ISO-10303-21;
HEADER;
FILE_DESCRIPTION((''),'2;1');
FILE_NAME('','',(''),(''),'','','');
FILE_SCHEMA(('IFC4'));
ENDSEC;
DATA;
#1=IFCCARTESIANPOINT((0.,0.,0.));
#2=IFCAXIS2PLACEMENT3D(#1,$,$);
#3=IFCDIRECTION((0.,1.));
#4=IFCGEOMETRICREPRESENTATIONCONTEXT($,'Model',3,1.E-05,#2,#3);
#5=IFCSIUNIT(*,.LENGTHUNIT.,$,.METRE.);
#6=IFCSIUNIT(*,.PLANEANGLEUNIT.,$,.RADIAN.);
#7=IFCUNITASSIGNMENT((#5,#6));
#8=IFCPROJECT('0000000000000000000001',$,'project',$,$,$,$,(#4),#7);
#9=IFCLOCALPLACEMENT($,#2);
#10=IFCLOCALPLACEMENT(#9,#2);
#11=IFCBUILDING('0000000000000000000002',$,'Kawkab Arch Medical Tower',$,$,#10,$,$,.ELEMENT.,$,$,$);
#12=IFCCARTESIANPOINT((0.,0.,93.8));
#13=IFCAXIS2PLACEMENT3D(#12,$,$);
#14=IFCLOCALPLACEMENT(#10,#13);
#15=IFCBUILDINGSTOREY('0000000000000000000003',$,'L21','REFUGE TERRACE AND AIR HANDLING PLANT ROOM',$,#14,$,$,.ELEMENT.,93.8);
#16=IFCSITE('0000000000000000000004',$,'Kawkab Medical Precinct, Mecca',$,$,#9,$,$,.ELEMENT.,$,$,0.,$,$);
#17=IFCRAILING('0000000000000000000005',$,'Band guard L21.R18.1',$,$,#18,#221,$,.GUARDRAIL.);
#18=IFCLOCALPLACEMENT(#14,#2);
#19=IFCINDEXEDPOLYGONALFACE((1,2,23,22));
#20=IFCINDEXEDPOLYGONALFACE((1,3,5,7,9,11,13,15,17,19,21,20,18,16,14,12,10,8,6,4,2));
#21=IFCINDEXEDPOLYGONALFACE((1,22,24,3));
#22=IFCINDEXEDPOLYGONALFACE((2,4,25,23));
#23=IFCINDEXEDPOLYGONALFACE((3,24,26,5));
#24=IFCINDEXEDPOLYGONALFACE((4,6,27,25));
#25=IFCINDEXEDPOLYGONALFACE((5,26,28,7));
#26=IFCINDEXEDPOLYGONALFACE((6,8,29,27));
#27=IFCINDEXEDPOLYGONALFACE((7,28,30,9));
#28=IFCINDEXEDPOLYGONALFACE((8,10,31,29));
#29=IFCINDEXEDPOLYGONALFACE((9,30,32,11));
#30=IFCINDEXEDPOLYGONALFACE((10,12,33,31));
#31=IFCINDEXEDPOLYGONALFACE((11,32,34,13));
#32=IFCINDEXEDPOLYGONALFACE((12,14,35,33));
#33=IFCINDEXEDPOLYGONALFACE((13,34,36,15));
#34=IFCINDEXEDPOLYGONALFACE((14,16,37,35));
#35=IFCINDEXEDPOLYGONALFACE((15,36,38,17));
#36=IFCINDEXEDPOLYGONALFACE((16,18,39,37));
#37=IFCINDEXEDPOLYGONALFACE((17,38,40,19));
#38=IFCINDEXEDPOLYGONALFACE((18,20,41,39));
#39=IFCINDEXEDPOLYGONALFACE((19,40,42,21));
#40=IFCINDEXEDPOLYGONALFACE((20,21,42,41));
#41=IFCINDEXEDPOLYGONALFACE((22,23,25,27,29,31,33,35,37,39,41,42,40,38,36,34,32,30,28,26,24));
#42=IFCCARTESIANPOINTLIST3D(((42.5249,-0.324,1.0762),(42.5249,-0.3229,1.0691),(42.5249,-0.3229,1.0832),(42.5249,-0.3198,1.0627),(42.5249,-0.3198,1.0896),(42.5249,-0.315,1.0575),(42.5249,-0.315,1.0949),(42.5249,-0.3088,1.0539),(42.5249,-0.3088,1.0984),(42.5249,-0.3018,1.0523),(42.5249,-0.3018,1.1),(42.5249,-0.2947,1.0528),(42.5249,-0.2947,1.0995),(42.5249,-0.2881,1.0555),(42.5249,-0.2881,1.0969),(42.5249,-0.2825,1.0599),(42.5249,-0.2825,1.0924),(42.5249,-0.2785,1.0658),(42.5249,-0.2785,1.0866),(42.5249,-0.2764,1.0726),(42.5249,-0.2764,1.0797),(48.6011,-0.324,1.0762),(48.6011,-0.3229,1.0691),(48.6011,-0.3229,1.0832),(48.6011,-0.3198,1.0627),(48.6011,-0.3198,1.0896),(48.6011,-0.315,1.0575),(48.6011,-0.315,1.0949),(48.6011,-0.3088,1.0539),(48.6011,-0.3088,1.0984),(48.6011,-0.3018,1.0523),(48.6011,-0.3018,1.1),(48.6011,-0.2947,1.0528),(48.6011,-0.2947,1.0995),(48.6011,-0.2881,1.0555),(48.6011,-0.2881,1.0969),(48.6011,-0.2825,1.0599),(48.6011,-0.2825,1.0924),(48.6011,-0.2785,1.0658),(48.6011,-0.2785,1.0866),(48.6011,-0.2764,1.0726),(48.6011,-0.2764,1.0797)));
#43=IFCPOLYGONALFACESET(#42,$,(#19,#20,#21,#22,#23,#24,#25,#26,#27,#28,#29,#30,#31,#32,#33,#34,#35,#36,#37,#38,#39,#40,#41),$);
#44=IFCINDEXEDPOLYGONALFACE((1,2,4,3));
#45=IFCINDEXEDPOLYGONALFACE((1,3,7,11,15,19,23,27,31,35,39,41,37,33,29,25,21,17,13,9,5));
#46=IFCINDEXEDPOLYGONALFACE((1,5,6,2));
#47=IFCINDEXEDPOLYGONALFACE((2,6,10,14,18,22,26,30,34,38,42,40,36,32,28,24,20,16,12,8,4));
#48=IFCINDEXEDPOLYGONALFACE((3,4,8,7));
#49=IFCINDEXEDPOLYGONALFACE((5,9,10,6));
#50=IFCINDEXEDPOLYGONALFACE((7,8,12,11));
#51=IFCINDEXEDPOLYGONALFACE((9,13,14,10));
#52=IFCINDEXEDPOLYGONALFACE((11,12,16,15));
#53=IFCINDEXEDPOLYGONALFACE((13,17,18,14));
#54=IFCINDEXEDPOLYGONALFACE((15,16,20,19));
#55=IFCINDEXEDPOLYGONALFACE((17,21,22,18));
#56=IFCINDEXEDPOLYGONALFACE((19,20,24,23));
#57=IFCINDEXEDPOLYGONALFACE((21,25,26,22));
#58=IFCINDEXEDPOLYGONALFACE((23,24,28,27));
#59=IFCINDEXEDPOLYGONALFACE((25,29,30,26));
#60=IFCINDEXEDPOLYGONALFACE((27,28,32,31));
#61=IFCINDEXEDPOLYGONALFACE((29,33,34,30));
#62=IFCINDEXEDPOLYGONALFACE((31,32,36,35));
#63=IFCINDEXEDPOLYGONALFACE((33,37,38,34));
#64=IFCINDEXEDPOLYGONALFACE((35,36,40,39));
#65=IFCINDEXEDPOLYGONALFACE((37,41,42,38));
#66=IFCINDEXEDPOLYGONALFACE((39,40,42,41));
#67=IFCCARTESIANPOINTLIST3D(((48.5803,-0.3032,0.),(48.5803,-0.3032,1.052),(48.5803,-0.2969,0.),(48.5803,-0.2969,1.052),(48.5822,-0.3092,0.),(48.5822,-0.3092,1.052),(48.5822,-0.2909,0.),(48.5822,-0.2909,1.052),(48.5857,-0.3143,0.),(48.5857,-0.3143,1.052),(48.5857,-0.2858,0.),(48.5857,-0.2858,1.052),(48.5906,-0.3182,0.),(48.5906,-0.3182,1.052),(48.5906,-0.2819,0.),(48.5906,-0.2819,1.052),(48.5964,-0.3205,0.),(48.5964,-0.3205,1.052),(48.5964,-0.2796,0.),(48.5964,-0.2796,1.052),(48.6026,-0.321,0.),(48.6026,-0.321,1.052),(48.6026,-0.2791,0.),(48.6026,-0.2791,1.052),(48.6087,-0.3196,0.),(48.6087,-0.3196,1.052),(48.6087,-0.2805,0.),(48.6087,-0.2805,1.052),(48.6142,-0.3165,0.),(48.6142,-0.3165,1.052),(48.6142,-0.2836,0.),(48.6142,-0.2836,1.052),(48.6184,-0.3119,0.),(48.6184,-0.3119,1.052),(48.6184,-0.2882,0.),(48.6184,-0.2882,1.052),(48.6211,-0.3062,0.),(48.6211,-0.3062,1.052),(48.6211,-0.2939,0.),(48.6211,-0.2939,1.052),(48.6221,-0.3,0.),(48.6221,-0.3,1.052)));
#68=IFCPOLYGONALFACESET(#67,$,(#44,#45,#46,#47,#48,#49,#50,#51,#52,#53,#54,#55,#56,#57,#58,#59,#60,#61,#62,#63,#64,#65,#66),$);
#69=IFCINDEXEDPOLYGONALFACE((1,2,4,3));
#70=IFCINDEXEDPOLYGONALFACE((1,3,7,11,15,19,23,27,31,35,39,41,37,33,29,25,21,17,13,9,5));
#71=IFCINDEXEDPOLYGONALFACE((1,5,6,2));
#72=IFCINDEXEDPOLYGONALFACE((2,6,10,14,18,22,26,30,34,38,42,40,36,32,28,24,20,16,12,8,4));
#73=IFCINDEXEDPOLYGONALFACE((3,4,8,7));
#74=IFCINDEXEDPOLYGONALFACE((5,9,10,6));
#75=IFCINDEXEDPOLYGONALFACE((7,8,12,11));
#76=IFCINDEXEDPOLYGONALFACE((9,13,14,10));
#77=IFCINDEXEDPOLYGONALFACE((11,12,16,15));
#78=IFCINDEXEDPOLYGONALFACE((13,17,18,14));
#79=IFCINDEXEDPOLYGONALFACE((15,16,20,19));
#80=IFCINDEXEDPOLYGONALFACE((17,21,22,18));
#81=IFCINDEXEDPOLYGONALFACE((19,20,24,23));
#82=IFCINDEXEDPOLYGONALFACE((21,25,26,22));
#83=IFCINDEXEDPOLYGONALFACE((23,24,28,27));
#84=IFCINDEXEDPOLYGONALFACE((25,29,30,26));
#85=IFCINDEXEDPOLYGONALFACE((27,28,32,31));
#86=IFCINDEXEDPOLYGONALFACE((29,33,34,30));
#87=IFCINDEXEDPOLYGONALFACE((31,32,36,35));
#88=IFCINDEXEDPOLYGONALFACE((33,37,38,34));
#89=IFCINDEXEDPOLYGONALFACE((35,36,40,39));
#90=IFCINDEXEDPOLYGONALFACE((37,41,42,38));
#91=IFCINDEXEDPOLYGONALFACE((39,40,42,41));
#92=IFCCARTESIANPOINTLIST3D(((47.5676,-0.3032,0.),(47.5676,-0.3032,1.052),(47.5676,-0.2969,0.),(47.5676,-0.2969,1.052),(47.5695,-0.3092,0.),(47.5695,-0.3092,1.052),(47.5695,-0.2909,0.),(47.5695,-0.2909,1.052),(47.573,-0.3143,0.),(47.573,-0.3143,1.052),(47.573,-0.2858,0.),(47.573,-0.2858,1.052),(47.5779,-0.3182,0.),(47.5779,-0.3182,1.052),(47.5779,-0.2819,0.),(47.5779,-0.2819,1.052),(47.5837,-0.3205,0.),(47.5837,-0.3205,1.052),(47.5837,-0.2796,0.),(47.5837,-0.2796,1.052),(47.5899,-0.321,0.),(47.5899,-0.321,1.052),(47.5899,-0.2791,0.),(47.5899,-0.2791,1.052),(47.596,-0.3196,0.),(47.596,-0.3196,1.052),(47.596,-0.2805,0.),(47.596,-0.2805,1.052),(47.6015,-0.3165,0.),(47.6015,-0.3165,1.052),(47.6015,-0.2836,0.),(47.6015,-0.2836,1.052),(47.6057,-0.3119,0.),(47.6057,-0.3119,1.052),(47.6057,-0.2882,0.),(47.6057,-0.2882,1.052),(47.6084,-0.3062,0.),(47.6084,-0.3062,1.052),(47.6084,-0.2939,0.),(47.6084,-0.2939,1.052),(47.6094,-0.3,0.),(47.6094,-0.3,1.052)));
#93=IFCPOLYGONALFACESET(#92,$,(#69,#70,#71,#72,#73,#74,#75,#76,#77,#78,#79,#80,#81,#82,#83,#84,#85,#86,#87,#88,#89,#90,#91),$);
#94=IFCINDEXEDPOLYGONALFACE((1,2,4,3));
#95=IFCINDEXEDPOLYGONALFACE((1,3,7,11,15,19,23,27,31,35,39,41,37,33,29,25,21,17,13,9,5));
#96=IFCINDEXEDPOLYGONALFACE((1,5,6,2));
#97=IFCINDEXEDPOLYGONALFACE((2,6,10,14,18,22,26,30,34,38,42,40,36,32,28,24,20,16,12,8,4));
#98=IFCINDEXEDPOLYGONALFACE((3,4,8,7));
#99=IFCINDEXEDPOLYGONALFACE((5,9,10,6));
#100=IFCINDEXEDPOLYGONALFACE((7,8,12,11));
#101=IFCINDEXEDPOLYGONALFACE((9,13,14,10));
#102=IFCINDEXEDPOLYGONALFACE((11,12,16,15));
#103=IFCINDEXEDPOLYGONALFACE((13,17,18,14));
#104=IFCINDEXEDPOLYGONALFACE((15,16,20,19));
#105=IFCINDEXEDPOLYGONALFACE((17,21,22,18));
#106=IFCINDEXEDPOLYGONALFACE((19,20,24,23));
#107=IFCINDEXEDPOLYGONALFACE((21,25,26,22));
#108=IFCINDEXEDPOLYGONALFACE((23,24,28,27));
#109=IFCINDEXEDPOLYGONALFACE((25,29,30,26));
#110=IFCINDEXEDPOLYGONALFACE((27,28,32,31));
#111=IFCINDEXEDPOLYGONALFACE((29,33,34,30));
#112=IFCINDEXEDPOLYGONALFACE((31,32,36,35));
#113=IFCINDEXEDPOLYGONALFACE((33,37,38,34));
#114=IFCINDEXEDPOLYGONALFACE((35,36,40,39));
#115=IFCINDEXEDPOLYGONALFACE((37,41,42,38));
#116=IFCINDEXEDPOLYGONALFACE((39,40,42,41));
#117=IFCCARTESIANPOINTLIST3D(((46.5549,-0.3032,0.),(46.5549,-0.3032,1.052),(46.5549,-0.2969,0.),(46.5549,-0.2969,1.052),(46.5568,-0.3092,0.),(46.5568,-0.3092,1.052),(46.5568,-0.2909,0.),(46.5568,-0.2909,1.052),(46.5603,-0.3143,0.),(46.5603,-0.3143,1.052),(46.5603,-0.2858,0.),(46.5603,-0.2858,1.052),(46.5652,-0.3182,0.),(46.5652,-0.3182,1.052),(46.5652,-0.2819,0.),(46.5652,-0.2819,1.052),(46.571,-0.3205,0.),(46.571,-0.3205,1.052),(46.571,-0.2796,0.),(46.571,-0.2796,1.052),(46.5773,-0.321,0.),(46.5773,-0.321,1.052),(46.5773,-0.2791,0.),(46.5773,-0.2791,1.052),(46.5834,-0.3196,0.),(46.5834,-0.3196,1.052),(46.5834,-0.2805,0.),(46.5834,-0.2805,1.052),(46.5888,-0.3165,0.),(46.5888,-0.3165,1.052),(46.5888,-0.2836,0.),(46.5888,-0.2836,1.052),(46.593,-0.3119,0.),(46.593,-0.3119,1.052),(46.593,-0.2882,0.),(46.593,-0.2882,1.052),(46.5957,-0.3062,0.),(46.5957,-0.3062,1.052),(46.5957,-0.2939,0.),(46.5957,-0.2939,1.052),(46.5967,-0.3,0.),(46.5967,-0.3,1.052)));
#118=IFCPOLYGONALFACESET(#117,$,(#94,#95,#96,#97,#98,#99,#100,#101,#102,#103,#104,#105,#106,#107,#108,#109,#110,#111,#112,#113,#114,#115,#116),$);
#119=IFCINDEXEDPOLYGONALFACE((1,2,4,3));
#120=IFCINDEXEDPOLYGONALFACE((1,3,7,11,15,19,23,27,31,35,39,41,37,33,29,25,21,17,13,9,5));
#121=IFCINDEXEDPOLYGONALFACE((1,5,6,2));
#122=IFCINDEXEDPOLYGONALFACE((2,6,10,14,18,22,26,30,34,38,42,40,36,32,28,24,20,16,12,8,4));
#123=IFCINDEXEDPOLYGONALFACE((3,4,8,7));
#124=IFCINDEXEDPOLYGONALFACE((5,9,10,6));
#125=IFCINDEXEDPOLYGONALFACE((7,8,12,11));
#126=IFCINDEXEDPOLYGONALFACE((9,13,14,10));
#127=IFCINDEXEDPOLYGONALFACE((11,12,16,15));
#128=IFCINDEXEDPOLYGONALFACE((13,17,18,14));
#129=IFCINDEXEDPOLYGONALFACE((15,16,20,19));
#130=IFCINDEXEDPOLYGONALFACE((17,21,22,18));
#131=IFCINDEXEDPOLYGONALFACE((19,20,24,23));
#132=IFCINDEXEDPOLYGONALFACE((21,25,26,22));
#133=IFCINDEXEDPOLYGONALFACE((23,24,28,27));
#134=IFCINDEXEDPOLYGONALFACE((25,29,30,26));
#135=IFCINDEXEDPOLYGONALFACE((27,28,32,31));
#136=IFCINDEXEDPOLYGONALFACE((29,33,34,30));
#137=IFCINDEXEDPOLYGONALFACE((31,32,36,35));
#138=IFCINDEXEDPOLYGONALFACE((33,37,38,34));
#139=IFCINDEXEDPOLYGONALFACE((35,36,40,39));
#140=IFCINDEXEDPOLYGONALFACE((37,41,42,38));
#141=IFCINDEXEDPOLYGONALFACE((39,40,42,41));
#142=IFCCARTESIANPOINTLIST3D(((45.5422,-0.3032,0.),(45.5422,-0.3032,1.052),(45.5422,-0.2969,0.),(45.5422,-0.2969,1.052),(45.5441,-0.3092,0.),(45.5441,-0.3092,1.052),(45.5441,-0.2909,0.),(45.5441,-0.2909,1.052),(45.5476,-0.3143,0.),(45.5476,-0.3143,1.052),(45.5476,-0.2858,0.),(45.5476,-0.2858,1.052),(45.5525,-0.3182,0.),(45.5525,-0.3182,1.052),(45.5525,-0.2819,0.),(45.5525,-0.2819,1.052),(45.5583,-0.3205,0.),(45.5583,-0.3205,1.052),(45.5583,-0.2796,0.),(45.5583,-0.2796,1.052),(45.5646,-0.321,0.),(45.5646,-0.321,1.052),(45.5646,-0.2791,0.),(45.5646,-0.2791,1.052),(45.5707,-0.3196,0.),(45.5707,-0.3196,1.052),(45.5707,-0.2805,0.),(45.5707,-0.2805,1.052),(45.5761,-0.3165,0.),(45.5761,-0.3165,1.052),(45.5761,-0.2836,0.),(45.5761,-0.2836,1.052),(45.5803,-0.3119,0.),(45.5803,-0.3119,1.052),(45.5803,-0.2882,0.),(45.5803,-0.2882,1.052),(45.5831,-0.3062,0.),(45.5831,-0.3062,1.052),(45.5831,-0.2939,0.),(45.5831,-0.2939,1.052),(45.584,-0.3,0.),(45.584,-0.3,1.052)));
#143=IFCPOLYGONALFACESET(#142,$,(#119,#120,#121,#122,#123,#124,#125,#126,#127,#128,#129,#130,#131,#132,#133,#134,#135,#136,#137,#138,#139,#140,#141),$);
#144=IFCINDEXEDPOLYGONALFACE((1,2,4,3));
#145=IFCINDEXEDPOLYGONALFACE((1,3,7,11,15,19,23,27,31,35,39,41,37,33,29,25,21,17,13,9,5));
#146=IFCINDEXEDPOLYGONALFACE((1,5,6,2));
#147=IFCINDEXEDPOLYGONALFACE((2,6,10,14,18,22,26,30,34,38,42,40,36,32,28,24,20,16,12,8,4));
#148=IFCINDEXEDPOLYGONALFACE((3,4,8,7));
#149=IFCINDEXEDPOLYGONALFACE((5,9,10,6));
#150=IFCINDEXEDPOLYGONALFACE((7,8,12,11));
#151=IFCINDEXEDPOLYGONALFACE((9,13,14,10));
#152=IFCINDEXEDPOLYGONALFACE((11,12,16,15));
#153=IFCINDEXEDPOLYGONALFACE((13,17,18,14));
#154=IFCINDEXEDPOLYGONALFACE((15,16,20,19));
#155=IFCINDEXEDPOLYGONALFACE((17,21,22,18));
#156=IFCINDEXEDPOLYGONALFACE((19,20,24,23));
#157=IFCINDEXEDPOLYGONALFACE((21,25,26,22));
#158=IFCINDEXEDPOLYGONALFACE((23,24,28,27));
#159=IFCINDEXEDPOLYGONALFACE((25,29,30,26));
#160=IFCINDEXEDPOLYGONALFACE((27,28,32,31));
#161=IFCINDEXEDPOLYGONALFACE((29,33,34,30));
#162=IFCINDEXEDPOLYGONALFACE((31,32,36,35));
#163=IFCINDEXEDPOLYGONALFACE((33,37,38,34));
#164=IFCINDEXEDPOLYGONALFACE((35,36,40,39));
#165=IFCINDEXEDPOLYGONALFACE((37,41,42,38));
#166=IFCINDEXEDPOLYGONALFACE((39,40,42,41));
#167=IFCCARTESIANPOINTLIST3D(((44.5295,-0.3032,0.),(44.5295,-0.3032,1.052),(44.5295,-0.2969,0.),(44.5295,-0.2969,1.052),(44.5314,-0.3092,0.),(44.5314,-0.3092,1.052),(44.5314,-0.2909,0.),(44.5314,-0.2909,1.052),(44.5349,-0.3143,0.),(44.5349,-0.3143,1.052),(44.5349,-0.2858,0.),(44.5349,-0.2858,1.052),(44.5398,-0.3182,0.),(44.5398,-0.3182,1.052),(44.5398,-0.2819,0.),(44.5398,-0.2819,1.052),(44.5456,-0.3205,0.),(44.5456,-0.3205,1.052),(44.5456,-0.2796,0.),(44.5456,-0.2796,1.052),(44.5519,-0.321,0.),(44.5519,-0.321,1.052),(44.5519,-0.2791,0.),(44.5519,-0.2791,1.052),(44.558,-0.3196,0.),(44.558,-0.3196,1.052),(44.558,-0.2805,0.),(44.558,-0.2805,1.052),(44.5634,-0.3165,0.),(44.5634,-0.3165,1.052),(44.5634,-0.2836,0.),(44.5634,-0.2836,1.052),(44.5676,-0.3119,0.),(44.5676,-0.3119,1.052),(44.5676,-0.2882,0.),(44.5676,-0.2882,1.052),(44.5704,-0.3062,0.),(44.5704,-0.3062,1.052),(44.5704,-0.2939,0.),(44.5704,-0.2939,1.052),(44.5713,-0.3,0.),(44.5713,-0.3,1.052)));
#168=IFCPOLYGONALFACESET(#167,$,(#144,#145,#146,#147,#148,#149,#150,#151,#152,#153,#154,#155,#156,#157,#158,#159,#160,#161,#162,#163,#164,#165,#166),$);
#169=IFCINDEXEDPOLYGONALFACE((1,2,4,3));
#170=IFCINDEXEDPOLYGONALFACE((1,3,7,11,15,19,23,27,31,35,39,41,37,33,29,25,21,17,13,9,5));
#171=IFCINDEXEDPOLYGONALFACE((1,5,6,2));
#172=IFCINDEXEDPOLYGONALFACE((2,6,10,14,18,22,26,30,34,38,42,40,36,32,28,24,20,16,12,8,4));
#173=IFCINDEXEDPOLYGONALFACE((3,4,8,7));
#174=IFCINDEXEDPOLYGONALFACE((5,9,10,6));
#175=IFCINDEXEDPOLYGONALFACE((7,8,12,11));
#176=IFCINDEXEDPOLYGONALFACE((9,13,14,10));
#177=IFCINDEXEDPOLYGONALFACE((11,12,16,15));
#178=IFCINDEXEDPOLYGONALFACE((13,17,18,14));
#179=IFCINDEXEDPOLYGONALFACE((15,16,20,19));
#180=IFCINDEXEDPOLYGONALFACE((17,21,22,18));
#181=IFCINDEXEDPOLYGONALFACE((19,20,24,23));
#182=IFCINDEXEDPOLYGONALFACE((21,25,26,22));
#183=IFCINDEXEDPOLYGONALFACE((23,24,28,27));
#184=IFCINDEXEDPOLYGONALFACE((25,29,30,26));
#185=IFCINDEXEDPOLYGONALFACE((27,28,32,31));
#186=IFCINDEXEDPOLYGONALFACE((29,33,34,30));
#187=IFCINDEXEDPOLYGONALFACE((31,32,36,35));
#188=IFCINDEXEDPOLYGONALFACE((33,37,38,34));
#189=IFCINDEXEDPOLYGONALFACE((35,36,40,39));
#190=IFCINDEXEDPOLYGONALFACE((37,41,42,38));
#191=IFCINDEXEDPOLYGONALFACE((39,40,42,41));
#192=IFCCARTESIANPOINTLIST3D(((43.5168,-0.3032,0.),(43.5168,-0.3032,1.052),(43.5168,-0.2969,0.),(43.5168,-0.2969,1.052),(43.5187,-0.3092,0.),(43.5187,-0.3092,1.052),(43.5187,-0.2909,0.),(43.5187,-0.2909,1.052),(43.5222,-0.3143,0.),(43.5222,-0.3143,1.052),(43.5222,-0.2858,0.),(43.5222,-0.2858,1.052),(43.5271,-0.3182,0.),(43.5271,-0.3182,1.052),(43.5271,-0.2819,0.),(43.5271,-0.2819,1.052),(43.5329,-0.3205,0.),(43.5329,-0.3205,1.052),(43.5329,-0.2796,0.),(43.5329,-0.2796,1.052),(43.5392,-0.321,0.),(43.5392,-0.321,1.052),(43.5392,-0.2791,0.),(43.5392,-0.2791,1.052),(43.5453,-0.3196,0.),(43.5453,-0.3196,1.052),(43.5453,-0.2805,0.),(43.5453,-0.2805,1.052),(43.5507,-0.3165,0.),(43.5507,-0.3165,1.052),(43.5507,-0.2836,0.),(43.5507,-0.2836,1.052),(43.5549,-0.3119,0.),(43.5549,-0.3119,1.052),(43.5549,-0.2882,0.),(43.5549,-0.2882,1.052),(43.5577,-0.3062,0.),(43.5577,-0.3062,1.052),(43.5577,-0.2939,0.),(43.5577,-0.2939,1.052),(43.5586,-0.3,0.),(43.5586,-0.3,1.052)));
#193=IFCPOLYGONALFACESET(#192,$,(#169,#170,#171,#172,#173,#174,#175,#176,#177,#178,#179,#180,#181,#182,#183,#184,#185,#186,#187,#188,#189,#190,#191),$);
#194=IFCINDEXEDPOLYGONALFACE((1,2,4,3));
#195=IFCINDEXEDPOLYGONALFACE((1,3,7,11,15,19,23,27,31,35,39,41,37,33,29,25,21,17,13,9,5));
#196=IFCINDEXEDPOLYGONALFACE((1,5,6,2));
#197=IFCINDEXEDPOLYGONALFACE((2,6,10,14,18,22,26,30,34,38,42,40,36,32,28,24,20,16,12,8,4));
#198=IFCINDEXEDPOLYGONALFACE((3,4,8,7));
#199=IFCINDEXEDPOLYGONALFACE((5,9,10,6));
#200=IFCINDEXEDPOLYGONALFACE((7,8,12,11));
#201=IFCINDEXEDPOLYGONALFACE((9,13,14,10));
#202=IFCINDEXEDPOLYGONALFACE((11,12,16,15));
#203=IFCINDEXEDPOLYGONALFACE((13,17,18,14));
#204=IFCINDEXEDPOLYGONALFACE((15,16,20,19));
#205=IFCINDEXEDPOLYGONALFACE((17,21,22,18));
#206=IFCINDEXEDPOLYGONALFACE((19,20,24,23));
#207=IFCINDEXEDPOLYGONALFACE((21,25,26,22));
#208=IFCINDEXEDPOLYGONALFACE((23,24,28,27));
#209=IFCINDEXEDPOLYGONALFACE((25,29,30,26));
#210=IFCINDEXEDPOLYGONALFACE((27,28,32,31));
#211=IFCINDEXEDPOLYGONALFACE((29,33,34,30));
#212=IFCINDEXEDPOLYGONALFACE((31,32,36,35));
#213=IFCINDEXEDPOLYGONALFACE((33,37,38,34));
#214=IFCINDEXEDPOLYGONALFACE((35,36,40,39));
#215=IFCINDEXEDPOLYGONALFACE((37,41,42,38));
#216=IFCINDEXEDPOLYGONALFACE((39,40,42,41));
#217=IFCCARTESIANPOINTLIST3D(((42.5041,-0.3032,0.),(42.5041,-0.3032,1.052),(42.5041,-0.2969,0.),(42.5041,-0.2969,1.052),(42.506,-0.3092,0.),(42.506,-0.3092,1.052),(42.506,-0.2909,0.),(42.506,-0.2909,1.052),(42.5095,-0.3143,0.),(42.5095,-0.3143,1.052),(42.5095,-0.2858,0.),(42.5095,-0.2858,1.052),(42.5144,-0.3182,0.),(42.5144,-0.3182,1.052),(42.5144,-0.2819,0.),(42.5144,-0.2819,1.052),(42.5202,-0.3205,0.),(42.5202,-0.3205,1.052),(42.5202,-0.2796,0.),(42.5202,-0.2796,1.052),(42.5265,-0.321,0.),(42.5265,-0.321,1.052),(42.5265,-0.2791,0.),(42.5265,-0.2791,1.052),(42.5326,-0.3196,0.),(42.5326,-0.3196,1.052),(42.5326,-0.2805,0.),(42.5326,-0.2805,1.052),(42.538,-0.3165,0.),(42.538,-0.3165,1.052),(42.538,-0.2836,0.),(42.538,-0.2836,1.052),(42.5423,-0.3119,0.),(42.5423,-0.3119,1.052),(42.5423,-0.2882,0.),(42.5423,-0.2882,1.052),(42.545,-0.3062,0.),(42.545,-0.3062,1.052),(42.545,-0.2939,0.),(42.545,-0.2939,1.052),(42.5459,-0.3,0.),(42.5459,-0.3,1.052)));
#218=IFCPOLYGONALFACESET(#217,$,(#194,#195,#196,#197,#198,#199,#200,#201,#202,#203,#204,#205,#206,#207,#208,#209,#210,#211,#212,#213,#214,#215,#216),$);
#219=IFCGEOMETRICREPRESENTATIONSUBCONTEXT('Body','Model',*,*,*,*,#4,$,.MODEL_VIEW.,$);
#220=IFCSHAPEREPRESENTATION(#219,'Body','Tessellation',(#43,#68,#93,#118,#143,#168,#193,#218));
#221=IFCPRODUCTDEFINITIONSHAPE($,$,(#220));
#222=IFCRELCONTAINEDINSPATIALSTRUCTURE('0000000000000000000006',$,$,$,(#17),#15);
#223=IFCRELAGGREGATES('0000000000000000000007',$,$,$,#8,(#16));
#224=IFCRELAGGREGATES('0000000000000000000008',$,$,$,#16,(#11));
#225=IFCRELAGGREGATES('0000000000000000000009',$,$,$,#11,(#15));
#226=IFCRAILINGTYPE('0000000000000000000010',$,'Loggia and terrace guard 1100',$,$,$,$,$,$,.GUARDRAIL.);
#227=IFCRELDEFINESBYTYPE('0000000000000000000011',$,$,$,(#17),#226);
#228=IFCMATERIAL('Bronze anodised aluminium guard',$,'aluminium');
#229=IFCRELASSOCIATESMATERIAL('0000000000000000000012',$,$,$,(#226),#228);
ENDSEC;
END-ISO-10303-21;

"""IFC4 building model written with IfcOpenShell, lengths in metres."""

from ifc_helpers import new_model, si_unit, direction, frame, origin, origin_2d, place, context, subcontext, project, spatial, circle, extrude, material, type_object, element, save


model = new_model("IFC4")

# Units and contexts
model_context = context("Model", 3, precision=1e-05, world=origin(), true_north=direction((0.0, 1.0)))
body_context = subcontext(model_context, "Body", "Model", "MODEL_VIEW")
ifc_project = project(units=[si_unit("LENGTHUNIT", "METRE"), si_unit("PLANEANGLEUNIT", "RADIAN")], contexts=[model_context])

# Site, building, storey
site_placement = place(None, origin())
site = spatial("IfcSite", under=ifc_project, at=site_placement, Name="Kawkab Medical Precinct, Mecca", CompositionType="ELEMENT", RefElevation=0.0)
building_placement = place(site_placement, origin())
building = spatial("IfcBuilding", under=site, at=building_placement, Name="Kawkab Arch Medical Tower", CompositionType="ELEMENT")
storey_placement = place(building_placement, frame((0.0, 0.0, 93.8)))
storey = spatial("IfcBuildingStorey", under=building, at=storey_placement, Name="L21", Description="REFUGE TERRACE AND AIR HANDLING PLANT ROOM", CompositionType="ELEMENT", Elevation=93.8)

# Railing
ifc_material_1 = material(Name="Bronze anodised aluminium guard", Category="aluminium")
railing_type = type_object("IfcRailingType", Name="Loggia and terrace guard 1100", PredefinedType="GUARDRAIL", material=ifc_material_1)
railing_1_placement = place(storey_placement, frame((48.6011, -0.3, 0.0)))
element("IfcRailing", 1, at=railing_1_placement, inside=storey, type_object=railing_type, Name="Band guard L21.R18.1", PredefinedType="GUARDRAIL", context=body_context, shape_type="SweptSolid", body=[
    extrude(circle(Radius=0.0239, at=origin_2d()), frame((0.0, 0.0, 1.0762), z_axis=(-1.0, 0.0, 0.0), x_axis=(0.0, -1.0, 0.0)), (0.0, 0.0, 1.0), 6.0762),
    extrude(circle(Radius=0.021, at=origin_2d()), origin(), (0.0, 0.0, 1.0), 1.052),
    extrude(circle(Radius=0.021, at=origin_2d()), frame((-1.0127, 0.0, 0.0)), (0.0, 0.0, 1.0), 1.052),
    extrude(circle(Radius=0.021, at=origin_2d()), frame((-2.0254, 0.0, 0.0)), (0.0, 0.0, 1.0), 1.052),
    extrude(circle(Radius=0.021, at=origin_2d()), frame((-3.0381, 0.0, 0.0)), (0.0, 0.0, 1.0), 1.052),
    extrude(circle(Radius=0.021, at=origin_2d()), frame((-4.0508, 0.0, 0.0)), (0.0, 0.0, 1.0), 1.052),
    extrude(circle(Radius=0.021, at=origin_2d()), frame((-5.0635, 0.0, 0.0)), (0.0, 0.0, 1.0), 1.052),
    extrude(circle(Radius=0.021, at=origin_2d()), frame((-6.0762, 0.0, 0.0)), (0.0, 0.0, 1.0), 1.052),
])

save(model, "model.ifc")
